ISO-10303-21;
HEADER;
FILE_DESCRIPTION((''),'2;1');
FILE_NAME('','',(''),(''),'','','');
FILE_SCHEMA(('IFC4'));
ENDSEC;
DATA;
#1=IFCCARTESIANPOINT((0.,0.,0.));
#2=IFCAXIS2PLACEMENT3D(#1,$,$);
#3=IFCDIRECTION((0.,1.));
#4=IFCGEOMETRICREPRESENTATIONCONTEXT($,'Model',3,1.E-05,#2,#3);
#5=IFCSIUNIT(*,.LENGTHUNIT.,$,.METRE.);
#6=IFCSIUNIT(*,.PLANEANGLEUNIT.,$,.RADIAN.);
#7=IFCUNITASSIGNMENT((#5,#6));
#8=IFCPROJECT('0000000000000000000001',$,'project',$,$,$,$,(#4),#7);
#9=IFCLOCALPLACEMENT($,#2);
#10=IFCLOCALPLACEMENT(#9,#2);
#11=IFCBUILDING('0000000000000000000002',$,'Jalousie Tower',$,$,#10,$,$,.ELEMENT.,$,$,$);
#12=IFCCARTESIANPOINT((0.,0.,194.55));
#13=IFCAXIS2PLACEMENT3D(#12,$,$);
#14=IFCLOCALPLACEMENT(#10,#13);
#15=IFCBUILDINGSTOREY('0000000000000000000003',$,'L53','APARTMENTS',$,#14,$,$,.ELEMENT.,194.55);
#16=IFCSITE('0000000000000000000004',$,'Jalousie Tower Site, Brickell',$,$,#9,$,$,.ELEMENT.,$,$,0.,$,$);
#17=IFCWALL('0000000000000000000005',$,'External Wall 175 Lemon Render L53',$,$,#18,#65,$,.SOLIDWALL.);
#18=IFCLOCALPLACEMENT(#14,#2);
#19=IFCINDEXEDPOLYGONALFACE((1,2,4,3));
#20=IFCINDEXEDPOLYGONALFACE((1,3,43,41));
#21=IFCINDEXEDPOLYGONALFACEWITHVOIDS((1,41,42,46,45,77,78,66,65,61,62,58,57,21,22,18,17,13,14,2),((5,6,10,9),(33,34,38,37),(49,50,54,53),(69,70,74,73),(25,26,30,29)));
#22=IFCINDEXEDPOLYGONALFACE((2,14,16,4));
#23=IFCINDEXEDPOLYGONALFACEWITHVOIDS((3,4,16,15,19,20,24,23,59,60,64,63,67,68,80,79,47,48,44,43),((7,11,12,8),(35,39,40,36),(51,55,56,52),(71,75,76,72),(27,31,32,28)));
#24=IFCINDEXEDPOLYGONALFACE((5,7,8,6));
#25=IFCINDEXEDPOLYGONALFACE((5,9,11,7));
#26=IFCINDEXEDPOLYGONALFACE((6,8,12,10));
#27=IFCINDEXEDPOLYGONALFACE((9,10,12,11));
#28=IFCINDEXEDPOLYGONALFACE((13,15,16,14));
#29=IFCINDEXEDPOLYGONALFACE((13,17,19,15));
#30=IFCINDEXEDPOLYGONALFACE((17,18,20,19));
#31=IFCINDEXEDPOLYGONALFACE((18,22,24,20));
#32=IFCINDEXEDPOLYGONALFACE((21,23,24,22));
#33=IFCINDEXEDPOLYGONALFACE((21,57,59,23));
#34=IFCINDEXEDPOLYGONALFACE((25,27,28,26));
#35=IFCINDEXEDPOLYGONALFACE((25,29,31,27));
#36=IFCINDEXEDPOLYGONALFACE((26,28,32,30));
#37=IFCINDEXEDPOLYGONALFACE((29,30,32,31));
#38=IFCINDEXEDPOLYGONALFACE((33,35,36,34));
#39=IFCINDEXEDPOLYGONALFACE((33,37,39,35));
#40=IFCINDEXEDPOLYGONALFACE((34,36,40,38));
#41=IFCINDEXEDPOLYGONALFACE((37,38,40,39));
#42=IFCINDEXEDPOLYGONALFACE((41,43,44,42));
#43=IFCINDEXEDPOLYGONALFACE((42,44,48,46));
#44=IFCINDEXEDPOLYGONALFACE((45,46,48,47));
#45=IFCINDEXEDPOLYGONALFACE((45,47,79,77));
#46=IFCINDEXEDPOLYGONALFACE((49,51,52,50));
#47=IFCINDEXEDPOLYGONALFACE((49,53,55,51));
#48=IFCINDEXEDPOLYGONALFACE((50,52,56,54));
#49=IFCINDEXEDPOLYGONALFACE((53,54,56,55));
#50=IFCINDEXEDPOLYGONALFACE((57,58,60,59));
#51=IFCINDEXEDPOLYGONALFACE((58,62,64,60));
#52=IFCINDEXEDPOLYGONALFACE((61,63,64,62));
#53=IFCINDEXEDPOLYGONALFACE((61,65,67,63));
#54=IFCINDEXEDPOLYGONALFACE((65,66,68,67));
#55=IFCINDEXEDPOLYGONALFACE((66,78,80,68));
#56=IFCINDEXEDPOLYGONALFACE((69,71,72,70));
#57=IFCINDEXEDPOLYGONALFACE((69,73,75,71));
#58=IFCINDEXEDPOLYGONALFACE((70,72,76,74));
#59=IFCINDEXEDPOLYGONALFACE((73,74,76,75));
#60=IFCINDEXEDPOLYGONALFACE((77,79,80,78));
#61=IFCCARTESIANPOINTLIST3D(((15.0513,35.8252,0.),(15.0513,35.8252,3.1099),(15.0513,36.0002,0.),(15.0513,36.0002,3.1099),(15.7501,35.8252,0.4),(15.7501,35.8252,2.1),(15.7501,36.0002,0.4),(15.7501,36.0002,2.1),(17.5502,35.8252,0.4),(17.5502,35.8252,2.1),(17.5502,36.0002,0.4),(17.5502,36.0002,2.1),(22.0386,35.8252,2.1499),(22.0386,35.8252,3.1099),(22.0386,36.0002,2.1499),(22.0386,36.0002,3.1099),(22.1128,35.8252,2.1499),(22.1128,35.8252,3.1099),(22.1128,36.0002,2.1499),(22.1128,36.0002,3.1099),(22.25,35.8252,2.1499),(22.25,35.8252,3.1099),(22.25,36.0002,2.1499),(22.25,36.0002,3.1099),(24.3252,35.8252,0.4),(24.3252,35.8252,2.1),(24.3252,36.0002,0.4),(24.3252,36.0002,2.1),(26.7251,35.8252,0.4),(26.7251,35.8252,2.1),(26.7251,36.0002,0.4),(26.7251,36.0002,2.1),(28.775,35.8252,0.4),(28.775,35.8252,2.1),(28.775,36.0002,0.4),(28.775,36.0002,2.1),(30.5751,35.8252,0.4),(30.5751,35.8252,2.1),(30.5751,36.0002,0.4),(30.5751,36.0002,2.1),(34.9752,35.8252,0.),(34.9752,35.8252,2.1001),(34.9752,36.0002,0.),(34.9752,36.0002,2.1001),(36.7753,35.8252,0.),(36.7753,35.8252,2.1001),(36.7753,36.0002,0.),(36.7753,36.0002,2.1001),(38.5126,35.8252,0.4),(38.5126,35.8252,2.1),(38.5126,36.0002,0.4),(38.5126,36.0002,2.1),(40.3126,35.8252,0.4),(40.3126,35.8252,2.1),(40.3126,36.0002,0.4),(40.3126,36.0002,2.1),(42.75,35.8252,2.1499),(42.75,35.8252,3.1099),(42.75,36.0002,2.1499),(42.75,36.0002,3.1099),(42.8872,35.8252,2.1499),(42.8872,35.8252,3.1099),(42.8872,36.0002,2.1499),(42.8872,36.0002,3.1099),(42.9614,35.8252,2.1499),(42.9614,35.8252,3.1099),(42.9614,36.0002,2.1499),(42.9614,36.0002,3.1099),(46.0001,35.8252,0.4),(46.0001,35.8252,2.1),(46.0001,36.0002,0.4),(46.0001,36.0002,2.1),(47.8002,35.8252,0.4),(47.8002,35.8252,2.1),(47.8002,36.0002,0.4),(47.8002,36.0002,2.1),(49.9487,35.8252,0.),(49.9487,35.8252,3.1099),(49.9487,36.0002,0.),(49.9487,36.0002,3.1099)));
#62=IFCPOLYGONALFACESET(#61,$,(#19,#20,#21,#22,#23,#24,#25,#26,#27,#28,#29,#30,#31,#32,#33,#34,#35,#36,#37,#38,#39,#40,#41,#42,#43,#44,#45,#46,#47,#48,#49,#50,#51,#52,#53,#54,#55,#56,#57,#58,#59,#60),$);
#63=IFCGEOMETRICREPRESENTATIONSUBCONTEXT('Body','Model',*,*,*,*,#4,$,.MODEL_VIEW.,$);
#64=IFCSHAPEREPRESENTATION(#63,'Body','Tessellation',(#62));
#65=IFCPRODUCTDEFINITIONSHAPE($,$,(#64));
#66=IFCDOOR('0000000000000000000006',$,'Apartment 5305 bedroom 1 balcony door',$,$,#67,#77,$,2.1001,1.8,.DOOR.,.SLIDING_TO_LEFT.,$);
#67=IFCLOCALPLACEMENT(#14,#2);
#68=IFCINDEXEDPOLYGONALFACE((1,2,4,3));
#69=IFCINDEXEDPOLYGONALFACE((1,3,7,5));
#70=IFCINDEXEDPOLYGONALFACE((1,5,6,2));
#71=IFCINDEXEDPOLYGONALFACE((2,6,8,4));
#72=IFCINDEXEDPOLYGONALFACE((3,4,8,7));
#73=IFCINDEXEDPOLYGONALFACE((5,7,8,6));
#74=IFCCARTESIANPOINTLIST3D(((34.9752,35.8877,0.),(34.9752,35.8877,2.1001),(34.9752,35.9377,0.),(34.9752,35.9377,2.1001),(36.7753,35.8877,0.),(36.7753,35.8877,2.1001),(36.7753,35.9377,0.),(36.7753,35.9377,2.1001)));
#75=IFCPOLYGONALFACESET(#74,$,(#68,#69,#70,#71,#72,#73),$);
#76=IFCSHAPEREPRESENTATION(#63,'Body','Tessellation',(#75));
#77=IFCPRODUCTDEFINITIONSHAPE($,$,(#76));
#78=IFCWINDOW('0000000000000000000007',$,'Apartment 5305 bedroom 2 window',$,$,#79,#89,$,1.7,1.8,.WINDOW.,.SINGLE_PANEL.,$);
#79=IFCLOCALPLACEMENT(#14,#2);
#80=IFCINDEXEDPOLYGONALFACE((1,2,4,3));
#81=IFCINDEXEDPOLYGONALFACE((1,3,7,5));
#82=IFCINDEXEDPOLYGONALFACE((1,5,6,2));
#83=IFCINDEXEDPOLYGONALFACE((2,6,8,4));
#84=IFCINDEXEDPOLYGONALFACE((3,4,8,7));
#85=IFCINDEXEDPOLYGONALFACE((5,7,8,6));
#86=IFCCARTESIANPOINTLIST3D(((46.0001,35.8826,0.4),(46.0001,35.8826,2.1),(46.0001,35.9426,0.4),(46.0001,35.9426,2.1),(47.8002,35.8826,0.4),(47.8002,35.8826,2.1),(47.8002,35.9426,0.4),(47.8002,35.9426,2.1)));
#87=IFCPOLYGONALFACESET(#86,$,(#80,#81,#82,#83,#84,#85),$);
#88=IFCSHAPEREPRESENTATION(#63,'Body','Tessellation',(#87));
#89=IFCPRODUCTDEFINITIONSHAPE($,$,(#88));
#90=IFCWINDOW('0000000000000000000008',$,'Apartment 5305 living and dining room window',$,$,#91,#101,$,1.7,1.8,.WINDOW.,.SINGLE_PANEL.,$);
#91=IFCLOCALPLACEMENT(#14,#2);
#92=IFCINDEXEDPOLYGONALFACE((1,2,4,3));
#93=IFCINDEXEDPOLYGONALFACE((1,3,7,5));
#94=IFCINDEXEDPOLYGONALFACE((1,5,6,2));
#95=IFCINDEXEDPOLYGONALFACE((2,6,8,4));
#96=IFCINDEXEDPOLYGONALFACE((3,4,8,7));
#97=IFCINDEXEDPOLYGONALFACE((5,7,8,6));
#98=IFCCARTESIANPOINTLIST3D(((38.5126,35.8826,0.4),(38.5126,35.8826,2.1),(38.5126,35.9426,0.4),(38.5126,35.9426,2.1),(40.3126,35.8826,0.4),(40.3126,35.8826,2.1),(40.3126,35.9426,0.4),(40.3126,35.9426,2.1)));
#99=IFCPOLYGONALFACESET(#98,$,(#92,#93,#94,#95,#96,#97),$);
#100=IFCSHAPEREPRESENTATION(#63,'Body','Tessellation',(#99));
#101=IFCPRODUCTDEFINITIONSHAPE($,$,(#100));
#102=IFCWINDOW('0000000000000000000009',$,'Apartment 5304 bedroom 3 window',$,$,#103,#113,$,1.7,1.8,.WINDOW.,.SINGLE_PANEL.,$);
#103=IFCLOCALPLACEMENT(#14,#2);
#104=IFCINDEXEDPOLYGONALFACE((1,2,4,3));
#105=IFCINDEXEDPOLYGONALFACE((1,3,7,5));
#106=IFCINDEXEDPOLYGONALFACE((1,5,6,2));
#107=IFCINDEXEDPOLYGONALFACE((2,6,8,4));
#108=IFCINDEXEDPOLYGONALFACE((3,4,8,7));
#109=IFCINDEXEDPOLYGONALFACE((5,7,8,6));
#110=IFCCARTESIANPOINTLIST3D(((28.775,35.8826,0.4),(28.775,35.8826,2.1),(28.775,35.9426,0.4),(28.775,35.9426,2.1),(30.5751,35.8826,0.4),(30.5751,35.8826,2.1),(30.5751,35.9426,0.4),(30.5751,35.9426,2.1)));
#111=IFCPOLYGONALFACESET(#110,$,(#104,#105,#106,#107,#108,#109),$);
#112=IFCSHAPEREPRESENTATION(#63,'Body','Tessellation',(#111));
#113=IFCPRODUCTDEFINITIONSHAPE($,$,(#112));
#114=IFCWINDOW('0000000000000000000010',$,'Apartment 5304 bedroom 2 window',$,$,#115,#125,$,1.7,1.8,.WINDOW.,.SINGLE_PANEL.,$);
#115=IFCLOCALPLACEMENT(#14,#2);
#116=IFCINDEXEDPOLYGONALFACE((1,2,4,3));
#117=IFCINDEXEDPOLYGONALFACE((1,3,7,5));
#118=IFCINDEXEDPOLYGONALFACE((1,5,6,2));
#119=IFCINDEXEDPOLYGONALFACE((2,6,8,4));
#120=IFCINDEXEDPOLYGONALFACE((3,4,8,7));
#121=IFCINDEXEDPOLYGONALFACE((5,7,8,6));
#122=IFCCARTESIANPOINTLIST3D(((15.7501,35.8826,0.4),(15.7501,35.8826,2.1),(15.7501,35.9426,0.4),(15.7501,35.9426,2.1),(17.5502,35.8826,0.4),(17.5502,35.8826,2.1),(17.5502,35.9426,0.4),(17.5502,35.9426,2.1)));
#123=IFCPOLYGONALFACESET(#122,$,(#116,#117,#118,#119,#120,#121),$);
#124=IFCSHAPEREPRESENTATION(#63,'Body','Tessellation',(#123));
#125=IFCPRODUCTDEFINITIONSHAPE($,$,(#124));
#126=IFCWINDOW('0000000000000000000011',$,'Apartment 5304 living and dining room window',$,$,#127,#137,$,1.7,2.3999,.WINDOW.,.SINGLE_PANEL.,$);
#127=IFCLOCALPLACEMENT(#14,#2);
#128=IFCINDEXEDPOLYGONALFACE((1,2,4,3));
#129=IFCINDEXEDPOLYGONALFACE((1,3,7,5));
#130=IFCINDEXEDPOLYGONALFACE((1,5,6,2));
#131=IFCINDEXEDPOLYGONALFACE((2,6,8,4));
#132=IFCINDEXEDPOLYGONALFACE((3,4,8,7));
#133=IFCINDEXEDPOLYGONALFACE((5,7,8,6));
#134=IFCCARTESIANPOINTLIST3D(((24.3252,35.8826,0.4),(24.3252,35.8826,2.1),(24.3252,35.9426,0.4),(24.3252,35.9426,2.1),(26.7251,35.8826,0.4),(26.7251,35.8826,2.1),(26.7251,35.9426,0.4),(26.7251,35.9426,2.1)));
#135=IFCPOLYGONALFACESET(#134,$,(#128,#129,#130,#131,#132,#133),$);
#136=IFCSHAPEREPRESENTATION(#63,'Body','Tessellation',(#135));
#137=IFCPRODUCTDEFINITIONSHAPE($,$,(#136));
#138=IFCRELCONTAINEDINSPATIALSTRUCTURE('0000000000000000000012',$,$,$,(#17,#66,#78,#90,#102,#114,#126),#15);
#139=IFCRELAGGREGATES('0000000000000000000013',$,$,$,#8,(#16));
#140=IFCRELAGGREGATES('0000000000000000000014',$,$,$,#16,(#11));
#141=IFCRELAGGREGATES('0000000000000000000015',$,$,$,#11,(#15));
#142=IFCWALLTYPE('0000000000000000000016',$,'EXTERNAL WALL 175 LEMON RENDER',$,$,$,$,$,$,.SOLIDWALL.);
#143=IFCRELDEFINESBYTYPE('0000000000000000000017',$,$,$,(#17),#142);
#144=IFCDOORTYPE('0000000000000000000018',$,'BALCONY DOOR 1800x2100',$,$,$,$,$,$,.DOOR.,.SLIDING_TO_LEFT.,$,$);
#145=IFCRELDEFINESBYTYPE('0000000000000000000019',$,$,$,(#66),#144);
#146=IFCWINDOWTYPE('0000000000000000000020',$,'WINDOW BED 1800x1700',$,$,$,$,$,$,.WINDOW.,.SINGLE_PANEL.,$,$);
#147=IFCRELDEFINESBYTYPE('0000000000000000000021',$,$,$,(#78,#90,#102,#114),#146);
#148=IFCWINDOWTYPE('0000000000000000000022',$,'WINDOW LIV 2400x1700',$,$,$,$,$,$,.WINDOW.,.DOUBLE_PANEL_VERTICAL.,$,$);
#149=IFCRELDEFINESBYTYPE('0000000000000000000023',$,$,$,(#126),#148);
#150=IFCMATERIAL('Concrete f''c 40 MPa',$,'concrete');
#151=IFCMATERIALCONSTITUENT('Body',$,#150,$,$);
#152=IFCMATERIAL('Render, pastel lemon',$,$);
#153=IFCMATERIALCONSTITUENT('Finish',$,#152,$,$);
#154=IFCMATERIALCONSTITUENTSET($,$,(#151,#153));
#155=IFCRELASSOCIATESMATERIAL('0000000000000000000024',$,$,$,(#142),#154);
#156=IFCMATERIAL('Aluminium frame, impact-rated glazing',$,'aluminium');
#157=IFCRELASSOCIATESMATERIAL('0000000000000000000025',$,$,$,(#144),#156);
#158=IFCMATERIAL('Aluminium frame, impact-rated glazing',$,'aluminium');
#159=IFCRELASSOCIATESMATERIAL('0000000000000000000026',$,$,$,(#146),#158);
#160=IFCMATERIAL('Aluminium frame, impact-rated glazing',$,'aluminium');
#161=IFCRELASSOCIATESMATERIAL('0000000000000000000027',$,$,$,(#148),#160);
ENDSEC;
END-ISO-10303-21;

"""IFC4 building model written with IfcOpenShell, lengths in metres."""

from ifc_helpers import new_model, si_unit, direction, frame, frame_2d, origin, place, context, subcontext, project, spatial, polyline, rectangle, outline, extrude, material, constituent, constituent_set, type_object, element, fill, save


model = new_model("IFC4")

# Units and contexts
model_context = context("Model", 3, precision=1e-05, world=origin(), true_north=direction((0.0, 1.0)))
body_context = subcontext(model_context, "Body", "Model", "MODEL_VIEW")
ifc_project = project(units=[si_unit("LENGTHUNIT", "METRE"), si_unit("PLANEANGLEUNIT", "RADIAN")], contexts=[model_context])

# Site, building, storey
site_placement = place(None, origin())
site = spatial("IfcSite", under=ifc_project, at=site_placement, Name="Jalousie Tower Site, Brickell", CompositionType="ELEMENT", RefElevation=0.0)
building_placement = place(site_placement, origin())
building = spatial("IfcBuilding", under=site, at=building_placement, Name="Jalousie Tower", CompositionType="ELEMENT")
storey_placement = place(building_placement, frame((0.0, 0.0, 194.55)))
storey = spatial("IfcBuildingStorey", under=building, at=storey_placement, Name="L53", Description="APARTMENTS", CompositionType="ELEMENT", Elevation=194.55)

# Wall, openings, door, windows
ifc_material_1 = material(Name="Concrete f'c 40 MPa", Category="concrete")
ifc_constituent_1 = constituent(ifc_material_1, Name="Body")
ifc_material_2 = material(Name="Render, pastel lemon")
ifc_constituent_2 = constituent(ifc_material_2, Name="Finish")
ifc_constituent_set_1 = constituent_set(constituents=[ifc_constituent_1, ifc_constituent_2])
wall_type_1 = type_object("IfcWallType", Name="EXTERNAL WALL 175 LEMON RENDER", PredefinedType="SOLIDWALL", material=ifc_constituent_set_1)
wall_1_placement = place(storey_placement, frame((49.9487, 35.9126, 0.0), z_axis=(0.0, 0.0, 1.0), x_axis=(-1.0, 0.0, 0.0)))
wall_1 = element("IfcWall", 1, at=wall_1_placement, inside=storey, type_object=wall_type_1, Name="External Wall 175 Lemon Render L53", PredefinedType="SOLIDWALL", context=body_context, shape_type="SweptSolid", body=[
    extrude(outline(polyline([(0.0, 0.0), (34.8975, 0.0), (34.8975, 3.1099), (27.9102, 3.1099), (27.9102, 2.1499), (27.8359, 2.1499), (27.8359, 3.1099), (27.6987, 3.1099), (27.6987, 2.1499), (7.1987, 2.1499), (7.1987, 3.1099), (7.0615, 3.1099), (7.0615, 2.1499), (6.9873, 2.1499), (6.9873, 3.1099), (0.0, 3.1099), (0.0, 0.0)])), frame((0.0, 0.0874, 0.0), z_axis=(0.0, -1.0, 0.0), x_axis=(1.0, 0.0, 0.0)), (0.0, 0.0, 1.0), 0.175),
])
opening_1_placement = place(wall_1_placement, frame((2.1487, 0.0, 0.3999)))
opening_1 = element("IfcOpeningElement", 2, at=opening_1_placement, cuts=wall_1, PredefinedType="OPENING", context=body_context, shape_type="SweptSolid", body=[
    extrude(rectangle(XDim=1.8, YDim=1.7, at=frame_2d((0.8999, 0.8501))), frame((0.0, 0.0974, 0.0), z_axis=(0.0, -1.0, 0.0), x_axis=(1.0, 0.0, 0.0)), (0.0, 0.0, 1.0), 0.1951),
])
opening_2_placement = place(wall_1_placement, frame((9.6362, 0.0, 0.3999)))
opening_2 = element("IfcOpeningElement", 3, at=opening_2_placement, cuts=wall_1, PredefinedType="OPENING", context=body_context, shape_type="SweptSolid", body=[
    extrude(rectangle(XDim=1.8, YDim=1.7, at=frame_2d((0.8999, 0.8501))), frame((0.0, 0.0974, 0.0), z_axis=(0.0, -1.0, 0.0), x_axis=(1.0, 0.0, 0.0)), (0.0, 0.0, 1.0), 0.1951),
])
opening_3_placement = place(wall_1_placement, frame((13.1736, 0.0, 0.0)))
opening_3 = element("IfcOpeningElement", 4, at=opening_3_placement, cuts=wall_1, PredefinedType="OPENING", context=body_context, shape_type="SweptSolid", body=[
    extrude(rectangle(XDim=1.8, YDim=2.1001, at=frame_2d((0.8999, 1.05))), frame((0.0, 0.0974, 0.0), z_axis=(0.0, -1.0, 0.0), x_axis=(1.0, 0.0, 0.0)), (0.0, 0.0, 1.0), 0.1951),
])
opening_4_placement = place(wall_1_placement, frame((19.3738, 0.0, 0.3999)))
opening_4 = element("IfcOpeningElement", 5, at=opening_4_placement, cuts=wall_1, PredefinedType="OPENING", context=body_context, shape_type="SweptSolid", body=[
    extrude(rectangle(XDim=1.8, YDim=1.7, at=frame_2d((0.8999, 0.8501))), frame((0.0, 0.0974, 0.0), z_axis=(0.0, -1.0, 0.0), x_axis=(1.0, 0.0, 0.0)), (0.0, 0.0, 1.0), 0.1951),
])
opening_5_placement = place(wall_1_placement, frame((23.2236, 0.0, 0.3999)))
opening_5 = element("IfcOpeningElement", 6, at=opening_5_placement, cuts=wall_1, PredefinedType="OPENING", context=body_context, shape_type="SweptSolid", body=[
    extrude(rectangle(XDim=2.3999, YDim=1.7, at=frame_2d((1.2, 0.8501))), frame((0.0, 0.0974, 0.0), z_axis=(0.0, -1.0, 0.0), x_axis=(1.0, 0.0, 0.0)), (0.0, 0.0, 1.0), 0.1951),
])
opening_6_placement = place(wall_1_placement, frame((32.3987, 0.0, 0.3999)))
opening_6 = element("IfcOpeningElement", 7, at=opening_6_placement, cuts=wall_1, PredefinedType="OPENING", context=body_context, shape_type="SweptSolid", body=[
    extrude(rectangle(XDim=1.8, YDim=1.7, at=frame_2d((0.8999, 0.8501))), frame((0.0, 0.0974, 0.0), z_axis=(0.0, -1.0, 0.0), x_axis=(1.0, 0.0, 0.0)), (0.0, 0.0, 1.0), 0.1951),
])
ifc_material_3 = material(Name="Aluminium frame, impact-rated glazing", Category="aluminium")
door_type_1 = type_object("IfcDoorType", Name="BALCONY DOOR 1800x2100", OperationType="SLIDING_TO_LEFT", PredefinedType="DOOR", material=ifc_material_3)
door_1_placement = place(opening_3_placement, origin())
door_1 = element("IfcDoor", 8, at=door_1_placement, inside=storey, type_object=door_type_1, Name="Apartment 5305 bedroom 1 balcony door", OperationType="SLIDING_TO_LEFT", OverallHeight=2.1001, OverallWidth=1.8, PredefinedType="DOOR", context=body_context, shape_type="SweptSolid", body=[
    extrude(rectangle(XDim=1.8, YDim=2.1001, at=frame_2d((0.8999, 1.05))), frame((0.0, 0.0249, 0.0), z_axis=(0.0, -1.0, 0.0), x_axis=(1.0, 0.0, 0.0)), (0.0, 0.0, 1.0), 0.05),
])
fill(opening_3, door_1)
ifc_material_4 = material(Name="Aluminium frame, impact-rated glazing", Category="aluminium")
window_type_1 = type_object("IfcWindowType", Name="WINDOW BED 1800x1700", PartitioningType="SINGLE_PANEL", PredefinedType="WINDOW", material=ifc_material_4)
window_1_placement = place(opening_1_placement, origin())
window_1 = element("IfcWindow", 9, at=window_1_placement, inside=storey, type_object=window_type_1, Name="Apartment 5305 bedroom 2 window", OverallHeight=1.7, OverallWidth=1.8, PartitioningType="SINGLE_PANEL", PredefinedType="WINDOW", context=body_context, shape_type="SweptSolid", body=[
    extrude(rectangle(XDim=1.8, YDim=1.7, at=frame_2d((0.8999, 0.8501))), frame((0.0, 0.03, 0.0), z_axis=(0.0, -1.0, 0.0), x_axis=(1.0, 0.0, 0.0)), (0.0, 0.0, 1.0), 0.0601),
])
fill(opening_1, window_1)
window_2_placement = place(opening_2_placement, origin())
window_2 = element("IfcWindow", 10, at=window_2_placement, inside=storey, type_object=window_type_1, Name="Apartment 5305 living and dining room window", OverallHeight=1.7, OverallWidth=1.8, PartitioningType="SINGLE_PANEL", PredefinedType="WINDOW", context=body_context, shape_type="SweptSolid", body=[
    extrude(rectangle(XDim=1.8, YDim=1.7, at=frame_2d((0.8999, 0.8501))), frame((0.0, 0.03, 0.0), z_axis=(0.0, -1.0, 0.0), x_axis=(1.0, 0.0, 0.0)), (0.0, 0.0, 1.0), 0.0601),
])
fill(opening_2, window_2)
window_3_placement = place(opening_4_placement, origin())
window_3 = element("IfcWindow", 11, at=window_3_placement, inside=storey, type_object=window_type_1, Name="Apartment 5304 bedroom 3 window", OverallHeight=1.7, OverallWidth=1.8, PartitioningType="SINGLE_PANEL", PredefinedType="WINDOW", context=body_context, shape_type="SweptSolid", body=[
    extrude(rectangle(XDim=1.8, YDim=1.7, at=frame_2d((0.8999, 0.8501))), frame((0.0, 0.03, 0.0), z_axis=(0.0, -1.0, 0.0), x_axis=(1.0, 0.0, 0.0)), (0.0, 0.0, 1.0), 0.0601),
])
fill(opening_4, window_3)
window_4_placement = place(opening_6_placement, origin())
window_4 = element("IfcWindow", 12, at=window_4_placement, inside=storey, type_object=window_type_1, Name="Apartment 5304 bedroom 2 window", OverallHeight=1.7, OverallWidth=1.8, PartitioningType="SINGLE_PANEL", PredefinedType="WINDOW", context=body_context, shape_type="SweptSolid", body=[
    extrude(rectangle(XDim=1.8, YDim=1.7, at=frame_2d((0.8999, 0.8501))), frame((0.0, 0.03, 0.0), z_axis=(0.0, -1.0, 0.0), x_axis=(1.0, 0.0, 0.0)), (0.0, 0.0, 1.0), 0.0601),
])
fill(opening_6, window_4)
ifc_material_5 = material(Name="Aluminium frame, impact-rated glazing", Category="aluminium")
window_type_2 = type_object("IfcWindowType", Name="WINDOW LIV 2400x1700", PartitioningType="DOUBLE_PANEL_VERTICAL", PredefinedType="WINDOW", material=ifc_material_5)
window_5_placement = place(opening_5_placement, origin())
window_5 = element("IfcWindow", 13, at=window_5_placement, inside=storey, type_object=window_type_2, Name="Apartment 5304 living and dining room window", OverallHeight=1.7, OverallWidth=2.3999, PartitioningType="SINGLE_PANEL", PredefinedType="WINDOW", context=body_context, shape_type="SweptSolid", body=[
    extrude(rectangle(XDim=2.3999, YDim=1.7, at=frame_2d((1.2, 0.8501))), frame((0.0, 0.03, 0.0), z_axis=(0.0, -1.0, 0.0), x_axis=(1.0, 0.0, 0.0)), (0.0, 0.0, 1.0), 0.0601),
])
fill(opening_5, window_5)

save(model, "model.ifc")
